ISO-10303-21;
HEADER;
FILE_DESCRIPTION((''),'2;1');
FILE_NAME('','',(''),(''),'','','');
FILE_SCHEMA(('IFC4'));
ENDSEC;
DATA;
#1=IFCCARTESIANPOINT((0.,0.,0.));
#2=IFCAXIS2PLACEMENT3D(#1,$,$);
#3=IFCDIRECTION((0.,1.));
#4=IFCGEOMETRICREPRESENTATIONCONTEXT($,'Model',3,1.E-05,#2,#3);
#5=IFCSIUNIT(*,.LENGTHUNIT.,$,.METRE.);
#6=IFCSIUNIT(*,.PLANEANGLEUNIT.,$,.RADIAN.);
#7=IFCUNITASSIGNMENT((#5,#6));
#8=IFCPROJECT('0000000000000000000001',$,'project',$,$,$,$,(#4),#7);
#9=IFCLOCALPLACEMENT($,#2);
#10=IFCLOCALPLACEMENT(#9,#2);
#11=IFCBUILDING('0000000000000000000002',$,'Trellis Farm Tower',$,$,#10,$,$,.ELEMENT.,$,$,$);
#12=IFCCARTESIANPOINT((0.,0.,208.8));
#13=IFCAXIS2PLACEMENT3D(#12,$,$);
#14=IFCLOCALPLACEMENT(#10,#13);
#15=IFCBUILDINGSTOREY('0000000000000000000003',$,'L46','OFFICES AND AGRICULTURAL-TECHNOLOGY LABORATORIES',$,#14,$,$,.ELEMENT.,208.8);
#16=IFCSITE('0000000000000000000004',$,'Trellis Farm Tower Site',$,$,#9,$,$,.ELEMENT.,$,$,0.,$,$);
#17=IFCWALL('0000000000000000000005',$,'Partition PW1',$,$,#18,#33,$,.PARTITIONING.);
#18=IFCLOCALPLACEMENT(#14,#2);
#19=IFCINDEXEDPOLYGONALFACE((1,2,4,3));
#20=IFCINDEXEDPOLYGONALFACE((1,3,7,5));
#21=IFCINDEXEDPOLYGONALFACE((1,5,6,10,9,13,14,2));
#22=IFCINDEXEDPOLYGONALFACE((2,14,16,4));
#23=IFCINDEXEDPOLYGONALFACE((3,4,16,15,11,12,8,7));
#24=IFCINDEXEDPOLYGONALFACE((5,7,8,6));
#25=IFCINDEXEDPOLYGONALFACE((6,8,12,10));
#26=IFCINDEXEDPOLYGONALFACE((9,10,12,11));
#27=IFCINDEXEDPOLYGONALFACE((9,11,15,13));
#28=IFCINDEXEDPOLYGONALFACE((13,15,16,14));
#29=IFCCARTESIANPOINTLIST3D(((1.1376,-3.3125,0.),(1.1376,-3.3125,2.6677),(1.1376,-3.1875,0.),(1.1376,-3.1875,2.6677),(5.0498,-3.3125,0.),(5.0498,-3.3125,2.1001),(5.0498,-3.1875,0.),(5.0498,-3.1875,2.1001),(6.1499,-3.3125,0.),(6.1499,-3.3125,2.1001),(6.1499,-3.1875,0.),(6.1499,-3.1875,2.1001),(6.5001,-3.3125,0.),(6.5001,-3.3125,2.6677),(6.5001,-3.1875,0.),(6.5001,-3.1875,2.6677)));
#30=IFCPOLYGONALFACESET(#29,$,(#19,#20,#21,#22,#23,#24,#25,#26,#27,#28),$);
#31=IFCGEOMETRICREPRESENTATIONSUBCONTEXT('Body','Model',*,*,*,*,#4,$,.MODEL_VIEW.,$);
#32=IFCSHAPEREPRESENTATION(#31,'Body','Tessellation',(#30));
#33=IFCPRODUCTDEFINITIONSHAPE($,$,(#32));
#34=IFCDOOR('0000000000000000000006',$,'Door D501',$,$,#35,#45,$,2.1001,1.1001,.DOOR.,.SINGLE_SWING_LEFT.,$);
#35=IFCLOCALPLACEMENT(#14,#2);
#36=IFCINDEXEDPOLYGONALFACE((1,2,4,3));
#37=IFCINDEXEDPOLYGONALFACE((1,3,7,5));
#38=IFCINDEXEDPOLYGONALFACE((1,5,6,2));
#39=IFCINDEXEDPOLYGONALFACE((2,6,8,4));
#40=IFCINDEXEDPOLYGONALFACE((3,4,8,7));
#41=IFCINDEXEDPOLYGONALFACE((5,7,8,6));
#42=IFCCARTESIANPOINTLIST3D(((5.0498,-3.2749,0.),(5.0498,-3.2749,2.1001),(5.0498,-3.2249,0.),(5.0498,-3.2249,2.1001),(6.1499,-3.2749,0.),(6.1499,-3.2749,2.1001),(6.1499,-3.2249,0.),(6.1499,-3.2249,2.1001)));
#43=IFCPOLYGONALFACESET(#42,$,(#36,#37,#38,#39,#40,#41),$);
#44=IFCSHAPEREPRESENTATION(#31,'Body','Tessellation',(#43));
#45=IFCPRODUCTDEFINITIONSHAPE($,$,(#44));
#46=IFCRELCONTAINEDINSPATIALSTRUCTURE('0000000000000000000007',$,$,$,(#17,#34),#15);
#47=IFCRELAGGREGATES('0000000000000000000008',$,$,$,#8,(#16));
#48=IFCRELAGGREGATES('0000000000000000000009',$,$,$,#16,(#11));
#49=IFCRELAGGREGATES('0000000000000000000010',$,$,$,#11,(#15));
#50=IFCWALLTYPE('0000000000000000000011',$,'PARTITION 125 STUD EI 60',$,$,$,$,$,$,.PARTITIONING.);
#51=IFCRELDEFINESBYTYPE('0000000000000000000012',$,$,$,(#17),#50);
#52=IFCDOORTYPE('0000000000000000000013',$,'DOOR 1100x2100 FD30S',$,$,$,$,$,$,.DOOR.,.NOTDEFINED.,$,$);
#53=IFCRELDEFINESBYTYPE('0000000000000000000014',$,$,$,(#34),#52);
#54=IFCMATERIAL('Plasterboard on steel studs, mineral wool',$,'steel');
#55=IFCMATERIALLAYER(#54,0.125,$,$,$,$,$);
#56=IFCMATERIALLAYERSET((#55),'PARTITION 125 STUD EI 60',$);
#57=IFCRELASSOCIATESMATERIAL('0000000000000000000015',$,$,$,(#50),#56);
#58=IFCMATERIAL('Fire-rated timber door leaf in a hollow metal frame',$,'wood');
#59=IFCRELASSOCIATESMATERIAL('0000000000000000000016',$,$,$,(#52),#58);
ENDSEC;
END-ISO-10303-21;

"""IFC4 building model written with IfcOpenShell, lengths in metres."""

from ifc_helpers import new_model, si_unit, direction, frame, frame_2d, origin, place, context, subcontext, project, spatial, rectangle, extrude, source, transform, mapped, material, layer, layer_set, type_object, element, fill, save


model = new_model("IFC4")

# Units and contexts
model_context = context("Model", 3, precision=1e-05, world=origin(), true_north=direction((0.0, 1.0)))
body_context = subcontext(model_context, "Body", "Model", "MODEL_VIEW")
ifc_project = project(units=[si_unit("LENGTHUNIT", "METRE"), si_unit("PLANEANGLEUNIT", "RADIAN")], contexts=[model_context])

# Site, building, storey
site_placement = place(None, origin())
site = spatial("IfcSite", under=ifc_project, at=site_placement, Name="Trellis Farm Tower Site", CompositionType="ELEMENT", RefElevation=0.0)
building_placement = place(site_placement, origin())
building = spatial("IfcBuilding", under=site, at=building_placement, Name="Trellis Farm Tower", CompositionType="ELEMENT")
storey_placement = place(building_placement, frame((0.0, 0.0, 208.8)))
storey = spatial("IfcBuildingStorey", under=building, at=storey_placement, Name="L46", Description="OFFICES AND AGRICULTURAL-TECHNOLOGY LABORATORIES", CompositionType="ELEMENT", Elevation=208.8)

# Shared definitions
ifc_material_1 = material(Name="Plasterboard on steel studs, mineral wool", Category="steel")
ifc_layer_1 = layer(ifc_material_1, 0.125)
ifc_layer_set_1 = layer_set([ifc_layer_1], Name="PARTITION 125 STUD EI 60")
wall_type_1 = type_object("IfcWallType", Name="PARTITION 125 STUD EI 60", PredefinedType="PARTITIONING", material=ifc_layer_set_1)

# Wall, opening, door
shared_shape_1 = source(origin(), body_context, "Body", "SweptSolid", [
    extrude(rectangle(XDim=5.3625, YDim=0.125, at=frame_2d((2.6812, 0.0))), origin(), (0.0, 0.0, 1.0), 2.6677),
])
wall_1_placement = place(storey_placement, frame((6.5, -3.25, 0.0), z_axis=(0.0, 0.0, 1.0), x_axis=(-1.0, 0.0, 0.0)))
wall_1 = element("IfcWall", 1, at=wall_1_placement, inside=storey, type_object=wall_type_1, Name="Partition PW1", PredefinedType="PARTITIONING", context=body_context, shape_type="MappedRepresentation", body=[
    mapped(shared_shape_1, transform((0.0, 0.0, 0.0))),
])
shared_shape_2 = source(origin(), body_context, "Body", "SweptSolid", [
    extrude(rectangle(XDim=1.1001, YDim=2.1001, at=frame_2d((0.55, 1.05))), frame((0.0, 0.0725, 0.0), z_axis=(0.0, -1.0, 0.0), x_axis=(1.0, 0.0, 0.0)), (0.0, 0.0, 1.0), 0.145),
])
opening_1_placement = place(wall_1_placement, frame((0.3501, 0.0, 0.0)))
opening_1 = element("IfcOpeningElement", 2, at=opening_1_placement, cuts=wall_1, PredefinedType="OPENING", context=body_context, shape_type="MappedRepresentation", body=[
    mapped(shared_shape_2, transform((0.0, 0.0, 0.0))),
])
ifc_material_2 = material(Name="Fire-rated timber door leaf in a hollow metal frame", Category="wood")
door_type_1 = type_object("IfcDoorType", Name="DOOR 1100x2100 FD30S", OperationType="NOTDEFINED", PredefinedType="DOOR", material=ifc_material_2)
shared_shape_3 = source(origin(), body_context, "Body", "SweptSolid", [
    extrude(rectangle(XDim=1.1001, YDim=2.1001, at=frame_2d((0.55, 1.05))), frame((0.0, 0.0249, 0.0), z_axis=(0.0, -1.0, 0.0), x_axis=(1.0, 0.0, 0.0)), (0.0, 0.0, 1.0), 0.05),
])
door_1_placement = place(opening_1_placement, origin())
door_1 = element("IfcDoor", 3, at=door_1_placement, inside=storey, type_object=door_type_1, Name="Door D501", OperationType="SINGLE_SWING_LEFT", OverallHeight=2.1001, OverallWidth=1.1001, PredefinedType="DOOR", context=body_context, shape_type="MappedRepresentation", body=[
    mapped(shared_shape_3, transform((0.0, 0.0, 0.0))),
])
fill(opening_1, door_1)

save(model, "model.ifc")
